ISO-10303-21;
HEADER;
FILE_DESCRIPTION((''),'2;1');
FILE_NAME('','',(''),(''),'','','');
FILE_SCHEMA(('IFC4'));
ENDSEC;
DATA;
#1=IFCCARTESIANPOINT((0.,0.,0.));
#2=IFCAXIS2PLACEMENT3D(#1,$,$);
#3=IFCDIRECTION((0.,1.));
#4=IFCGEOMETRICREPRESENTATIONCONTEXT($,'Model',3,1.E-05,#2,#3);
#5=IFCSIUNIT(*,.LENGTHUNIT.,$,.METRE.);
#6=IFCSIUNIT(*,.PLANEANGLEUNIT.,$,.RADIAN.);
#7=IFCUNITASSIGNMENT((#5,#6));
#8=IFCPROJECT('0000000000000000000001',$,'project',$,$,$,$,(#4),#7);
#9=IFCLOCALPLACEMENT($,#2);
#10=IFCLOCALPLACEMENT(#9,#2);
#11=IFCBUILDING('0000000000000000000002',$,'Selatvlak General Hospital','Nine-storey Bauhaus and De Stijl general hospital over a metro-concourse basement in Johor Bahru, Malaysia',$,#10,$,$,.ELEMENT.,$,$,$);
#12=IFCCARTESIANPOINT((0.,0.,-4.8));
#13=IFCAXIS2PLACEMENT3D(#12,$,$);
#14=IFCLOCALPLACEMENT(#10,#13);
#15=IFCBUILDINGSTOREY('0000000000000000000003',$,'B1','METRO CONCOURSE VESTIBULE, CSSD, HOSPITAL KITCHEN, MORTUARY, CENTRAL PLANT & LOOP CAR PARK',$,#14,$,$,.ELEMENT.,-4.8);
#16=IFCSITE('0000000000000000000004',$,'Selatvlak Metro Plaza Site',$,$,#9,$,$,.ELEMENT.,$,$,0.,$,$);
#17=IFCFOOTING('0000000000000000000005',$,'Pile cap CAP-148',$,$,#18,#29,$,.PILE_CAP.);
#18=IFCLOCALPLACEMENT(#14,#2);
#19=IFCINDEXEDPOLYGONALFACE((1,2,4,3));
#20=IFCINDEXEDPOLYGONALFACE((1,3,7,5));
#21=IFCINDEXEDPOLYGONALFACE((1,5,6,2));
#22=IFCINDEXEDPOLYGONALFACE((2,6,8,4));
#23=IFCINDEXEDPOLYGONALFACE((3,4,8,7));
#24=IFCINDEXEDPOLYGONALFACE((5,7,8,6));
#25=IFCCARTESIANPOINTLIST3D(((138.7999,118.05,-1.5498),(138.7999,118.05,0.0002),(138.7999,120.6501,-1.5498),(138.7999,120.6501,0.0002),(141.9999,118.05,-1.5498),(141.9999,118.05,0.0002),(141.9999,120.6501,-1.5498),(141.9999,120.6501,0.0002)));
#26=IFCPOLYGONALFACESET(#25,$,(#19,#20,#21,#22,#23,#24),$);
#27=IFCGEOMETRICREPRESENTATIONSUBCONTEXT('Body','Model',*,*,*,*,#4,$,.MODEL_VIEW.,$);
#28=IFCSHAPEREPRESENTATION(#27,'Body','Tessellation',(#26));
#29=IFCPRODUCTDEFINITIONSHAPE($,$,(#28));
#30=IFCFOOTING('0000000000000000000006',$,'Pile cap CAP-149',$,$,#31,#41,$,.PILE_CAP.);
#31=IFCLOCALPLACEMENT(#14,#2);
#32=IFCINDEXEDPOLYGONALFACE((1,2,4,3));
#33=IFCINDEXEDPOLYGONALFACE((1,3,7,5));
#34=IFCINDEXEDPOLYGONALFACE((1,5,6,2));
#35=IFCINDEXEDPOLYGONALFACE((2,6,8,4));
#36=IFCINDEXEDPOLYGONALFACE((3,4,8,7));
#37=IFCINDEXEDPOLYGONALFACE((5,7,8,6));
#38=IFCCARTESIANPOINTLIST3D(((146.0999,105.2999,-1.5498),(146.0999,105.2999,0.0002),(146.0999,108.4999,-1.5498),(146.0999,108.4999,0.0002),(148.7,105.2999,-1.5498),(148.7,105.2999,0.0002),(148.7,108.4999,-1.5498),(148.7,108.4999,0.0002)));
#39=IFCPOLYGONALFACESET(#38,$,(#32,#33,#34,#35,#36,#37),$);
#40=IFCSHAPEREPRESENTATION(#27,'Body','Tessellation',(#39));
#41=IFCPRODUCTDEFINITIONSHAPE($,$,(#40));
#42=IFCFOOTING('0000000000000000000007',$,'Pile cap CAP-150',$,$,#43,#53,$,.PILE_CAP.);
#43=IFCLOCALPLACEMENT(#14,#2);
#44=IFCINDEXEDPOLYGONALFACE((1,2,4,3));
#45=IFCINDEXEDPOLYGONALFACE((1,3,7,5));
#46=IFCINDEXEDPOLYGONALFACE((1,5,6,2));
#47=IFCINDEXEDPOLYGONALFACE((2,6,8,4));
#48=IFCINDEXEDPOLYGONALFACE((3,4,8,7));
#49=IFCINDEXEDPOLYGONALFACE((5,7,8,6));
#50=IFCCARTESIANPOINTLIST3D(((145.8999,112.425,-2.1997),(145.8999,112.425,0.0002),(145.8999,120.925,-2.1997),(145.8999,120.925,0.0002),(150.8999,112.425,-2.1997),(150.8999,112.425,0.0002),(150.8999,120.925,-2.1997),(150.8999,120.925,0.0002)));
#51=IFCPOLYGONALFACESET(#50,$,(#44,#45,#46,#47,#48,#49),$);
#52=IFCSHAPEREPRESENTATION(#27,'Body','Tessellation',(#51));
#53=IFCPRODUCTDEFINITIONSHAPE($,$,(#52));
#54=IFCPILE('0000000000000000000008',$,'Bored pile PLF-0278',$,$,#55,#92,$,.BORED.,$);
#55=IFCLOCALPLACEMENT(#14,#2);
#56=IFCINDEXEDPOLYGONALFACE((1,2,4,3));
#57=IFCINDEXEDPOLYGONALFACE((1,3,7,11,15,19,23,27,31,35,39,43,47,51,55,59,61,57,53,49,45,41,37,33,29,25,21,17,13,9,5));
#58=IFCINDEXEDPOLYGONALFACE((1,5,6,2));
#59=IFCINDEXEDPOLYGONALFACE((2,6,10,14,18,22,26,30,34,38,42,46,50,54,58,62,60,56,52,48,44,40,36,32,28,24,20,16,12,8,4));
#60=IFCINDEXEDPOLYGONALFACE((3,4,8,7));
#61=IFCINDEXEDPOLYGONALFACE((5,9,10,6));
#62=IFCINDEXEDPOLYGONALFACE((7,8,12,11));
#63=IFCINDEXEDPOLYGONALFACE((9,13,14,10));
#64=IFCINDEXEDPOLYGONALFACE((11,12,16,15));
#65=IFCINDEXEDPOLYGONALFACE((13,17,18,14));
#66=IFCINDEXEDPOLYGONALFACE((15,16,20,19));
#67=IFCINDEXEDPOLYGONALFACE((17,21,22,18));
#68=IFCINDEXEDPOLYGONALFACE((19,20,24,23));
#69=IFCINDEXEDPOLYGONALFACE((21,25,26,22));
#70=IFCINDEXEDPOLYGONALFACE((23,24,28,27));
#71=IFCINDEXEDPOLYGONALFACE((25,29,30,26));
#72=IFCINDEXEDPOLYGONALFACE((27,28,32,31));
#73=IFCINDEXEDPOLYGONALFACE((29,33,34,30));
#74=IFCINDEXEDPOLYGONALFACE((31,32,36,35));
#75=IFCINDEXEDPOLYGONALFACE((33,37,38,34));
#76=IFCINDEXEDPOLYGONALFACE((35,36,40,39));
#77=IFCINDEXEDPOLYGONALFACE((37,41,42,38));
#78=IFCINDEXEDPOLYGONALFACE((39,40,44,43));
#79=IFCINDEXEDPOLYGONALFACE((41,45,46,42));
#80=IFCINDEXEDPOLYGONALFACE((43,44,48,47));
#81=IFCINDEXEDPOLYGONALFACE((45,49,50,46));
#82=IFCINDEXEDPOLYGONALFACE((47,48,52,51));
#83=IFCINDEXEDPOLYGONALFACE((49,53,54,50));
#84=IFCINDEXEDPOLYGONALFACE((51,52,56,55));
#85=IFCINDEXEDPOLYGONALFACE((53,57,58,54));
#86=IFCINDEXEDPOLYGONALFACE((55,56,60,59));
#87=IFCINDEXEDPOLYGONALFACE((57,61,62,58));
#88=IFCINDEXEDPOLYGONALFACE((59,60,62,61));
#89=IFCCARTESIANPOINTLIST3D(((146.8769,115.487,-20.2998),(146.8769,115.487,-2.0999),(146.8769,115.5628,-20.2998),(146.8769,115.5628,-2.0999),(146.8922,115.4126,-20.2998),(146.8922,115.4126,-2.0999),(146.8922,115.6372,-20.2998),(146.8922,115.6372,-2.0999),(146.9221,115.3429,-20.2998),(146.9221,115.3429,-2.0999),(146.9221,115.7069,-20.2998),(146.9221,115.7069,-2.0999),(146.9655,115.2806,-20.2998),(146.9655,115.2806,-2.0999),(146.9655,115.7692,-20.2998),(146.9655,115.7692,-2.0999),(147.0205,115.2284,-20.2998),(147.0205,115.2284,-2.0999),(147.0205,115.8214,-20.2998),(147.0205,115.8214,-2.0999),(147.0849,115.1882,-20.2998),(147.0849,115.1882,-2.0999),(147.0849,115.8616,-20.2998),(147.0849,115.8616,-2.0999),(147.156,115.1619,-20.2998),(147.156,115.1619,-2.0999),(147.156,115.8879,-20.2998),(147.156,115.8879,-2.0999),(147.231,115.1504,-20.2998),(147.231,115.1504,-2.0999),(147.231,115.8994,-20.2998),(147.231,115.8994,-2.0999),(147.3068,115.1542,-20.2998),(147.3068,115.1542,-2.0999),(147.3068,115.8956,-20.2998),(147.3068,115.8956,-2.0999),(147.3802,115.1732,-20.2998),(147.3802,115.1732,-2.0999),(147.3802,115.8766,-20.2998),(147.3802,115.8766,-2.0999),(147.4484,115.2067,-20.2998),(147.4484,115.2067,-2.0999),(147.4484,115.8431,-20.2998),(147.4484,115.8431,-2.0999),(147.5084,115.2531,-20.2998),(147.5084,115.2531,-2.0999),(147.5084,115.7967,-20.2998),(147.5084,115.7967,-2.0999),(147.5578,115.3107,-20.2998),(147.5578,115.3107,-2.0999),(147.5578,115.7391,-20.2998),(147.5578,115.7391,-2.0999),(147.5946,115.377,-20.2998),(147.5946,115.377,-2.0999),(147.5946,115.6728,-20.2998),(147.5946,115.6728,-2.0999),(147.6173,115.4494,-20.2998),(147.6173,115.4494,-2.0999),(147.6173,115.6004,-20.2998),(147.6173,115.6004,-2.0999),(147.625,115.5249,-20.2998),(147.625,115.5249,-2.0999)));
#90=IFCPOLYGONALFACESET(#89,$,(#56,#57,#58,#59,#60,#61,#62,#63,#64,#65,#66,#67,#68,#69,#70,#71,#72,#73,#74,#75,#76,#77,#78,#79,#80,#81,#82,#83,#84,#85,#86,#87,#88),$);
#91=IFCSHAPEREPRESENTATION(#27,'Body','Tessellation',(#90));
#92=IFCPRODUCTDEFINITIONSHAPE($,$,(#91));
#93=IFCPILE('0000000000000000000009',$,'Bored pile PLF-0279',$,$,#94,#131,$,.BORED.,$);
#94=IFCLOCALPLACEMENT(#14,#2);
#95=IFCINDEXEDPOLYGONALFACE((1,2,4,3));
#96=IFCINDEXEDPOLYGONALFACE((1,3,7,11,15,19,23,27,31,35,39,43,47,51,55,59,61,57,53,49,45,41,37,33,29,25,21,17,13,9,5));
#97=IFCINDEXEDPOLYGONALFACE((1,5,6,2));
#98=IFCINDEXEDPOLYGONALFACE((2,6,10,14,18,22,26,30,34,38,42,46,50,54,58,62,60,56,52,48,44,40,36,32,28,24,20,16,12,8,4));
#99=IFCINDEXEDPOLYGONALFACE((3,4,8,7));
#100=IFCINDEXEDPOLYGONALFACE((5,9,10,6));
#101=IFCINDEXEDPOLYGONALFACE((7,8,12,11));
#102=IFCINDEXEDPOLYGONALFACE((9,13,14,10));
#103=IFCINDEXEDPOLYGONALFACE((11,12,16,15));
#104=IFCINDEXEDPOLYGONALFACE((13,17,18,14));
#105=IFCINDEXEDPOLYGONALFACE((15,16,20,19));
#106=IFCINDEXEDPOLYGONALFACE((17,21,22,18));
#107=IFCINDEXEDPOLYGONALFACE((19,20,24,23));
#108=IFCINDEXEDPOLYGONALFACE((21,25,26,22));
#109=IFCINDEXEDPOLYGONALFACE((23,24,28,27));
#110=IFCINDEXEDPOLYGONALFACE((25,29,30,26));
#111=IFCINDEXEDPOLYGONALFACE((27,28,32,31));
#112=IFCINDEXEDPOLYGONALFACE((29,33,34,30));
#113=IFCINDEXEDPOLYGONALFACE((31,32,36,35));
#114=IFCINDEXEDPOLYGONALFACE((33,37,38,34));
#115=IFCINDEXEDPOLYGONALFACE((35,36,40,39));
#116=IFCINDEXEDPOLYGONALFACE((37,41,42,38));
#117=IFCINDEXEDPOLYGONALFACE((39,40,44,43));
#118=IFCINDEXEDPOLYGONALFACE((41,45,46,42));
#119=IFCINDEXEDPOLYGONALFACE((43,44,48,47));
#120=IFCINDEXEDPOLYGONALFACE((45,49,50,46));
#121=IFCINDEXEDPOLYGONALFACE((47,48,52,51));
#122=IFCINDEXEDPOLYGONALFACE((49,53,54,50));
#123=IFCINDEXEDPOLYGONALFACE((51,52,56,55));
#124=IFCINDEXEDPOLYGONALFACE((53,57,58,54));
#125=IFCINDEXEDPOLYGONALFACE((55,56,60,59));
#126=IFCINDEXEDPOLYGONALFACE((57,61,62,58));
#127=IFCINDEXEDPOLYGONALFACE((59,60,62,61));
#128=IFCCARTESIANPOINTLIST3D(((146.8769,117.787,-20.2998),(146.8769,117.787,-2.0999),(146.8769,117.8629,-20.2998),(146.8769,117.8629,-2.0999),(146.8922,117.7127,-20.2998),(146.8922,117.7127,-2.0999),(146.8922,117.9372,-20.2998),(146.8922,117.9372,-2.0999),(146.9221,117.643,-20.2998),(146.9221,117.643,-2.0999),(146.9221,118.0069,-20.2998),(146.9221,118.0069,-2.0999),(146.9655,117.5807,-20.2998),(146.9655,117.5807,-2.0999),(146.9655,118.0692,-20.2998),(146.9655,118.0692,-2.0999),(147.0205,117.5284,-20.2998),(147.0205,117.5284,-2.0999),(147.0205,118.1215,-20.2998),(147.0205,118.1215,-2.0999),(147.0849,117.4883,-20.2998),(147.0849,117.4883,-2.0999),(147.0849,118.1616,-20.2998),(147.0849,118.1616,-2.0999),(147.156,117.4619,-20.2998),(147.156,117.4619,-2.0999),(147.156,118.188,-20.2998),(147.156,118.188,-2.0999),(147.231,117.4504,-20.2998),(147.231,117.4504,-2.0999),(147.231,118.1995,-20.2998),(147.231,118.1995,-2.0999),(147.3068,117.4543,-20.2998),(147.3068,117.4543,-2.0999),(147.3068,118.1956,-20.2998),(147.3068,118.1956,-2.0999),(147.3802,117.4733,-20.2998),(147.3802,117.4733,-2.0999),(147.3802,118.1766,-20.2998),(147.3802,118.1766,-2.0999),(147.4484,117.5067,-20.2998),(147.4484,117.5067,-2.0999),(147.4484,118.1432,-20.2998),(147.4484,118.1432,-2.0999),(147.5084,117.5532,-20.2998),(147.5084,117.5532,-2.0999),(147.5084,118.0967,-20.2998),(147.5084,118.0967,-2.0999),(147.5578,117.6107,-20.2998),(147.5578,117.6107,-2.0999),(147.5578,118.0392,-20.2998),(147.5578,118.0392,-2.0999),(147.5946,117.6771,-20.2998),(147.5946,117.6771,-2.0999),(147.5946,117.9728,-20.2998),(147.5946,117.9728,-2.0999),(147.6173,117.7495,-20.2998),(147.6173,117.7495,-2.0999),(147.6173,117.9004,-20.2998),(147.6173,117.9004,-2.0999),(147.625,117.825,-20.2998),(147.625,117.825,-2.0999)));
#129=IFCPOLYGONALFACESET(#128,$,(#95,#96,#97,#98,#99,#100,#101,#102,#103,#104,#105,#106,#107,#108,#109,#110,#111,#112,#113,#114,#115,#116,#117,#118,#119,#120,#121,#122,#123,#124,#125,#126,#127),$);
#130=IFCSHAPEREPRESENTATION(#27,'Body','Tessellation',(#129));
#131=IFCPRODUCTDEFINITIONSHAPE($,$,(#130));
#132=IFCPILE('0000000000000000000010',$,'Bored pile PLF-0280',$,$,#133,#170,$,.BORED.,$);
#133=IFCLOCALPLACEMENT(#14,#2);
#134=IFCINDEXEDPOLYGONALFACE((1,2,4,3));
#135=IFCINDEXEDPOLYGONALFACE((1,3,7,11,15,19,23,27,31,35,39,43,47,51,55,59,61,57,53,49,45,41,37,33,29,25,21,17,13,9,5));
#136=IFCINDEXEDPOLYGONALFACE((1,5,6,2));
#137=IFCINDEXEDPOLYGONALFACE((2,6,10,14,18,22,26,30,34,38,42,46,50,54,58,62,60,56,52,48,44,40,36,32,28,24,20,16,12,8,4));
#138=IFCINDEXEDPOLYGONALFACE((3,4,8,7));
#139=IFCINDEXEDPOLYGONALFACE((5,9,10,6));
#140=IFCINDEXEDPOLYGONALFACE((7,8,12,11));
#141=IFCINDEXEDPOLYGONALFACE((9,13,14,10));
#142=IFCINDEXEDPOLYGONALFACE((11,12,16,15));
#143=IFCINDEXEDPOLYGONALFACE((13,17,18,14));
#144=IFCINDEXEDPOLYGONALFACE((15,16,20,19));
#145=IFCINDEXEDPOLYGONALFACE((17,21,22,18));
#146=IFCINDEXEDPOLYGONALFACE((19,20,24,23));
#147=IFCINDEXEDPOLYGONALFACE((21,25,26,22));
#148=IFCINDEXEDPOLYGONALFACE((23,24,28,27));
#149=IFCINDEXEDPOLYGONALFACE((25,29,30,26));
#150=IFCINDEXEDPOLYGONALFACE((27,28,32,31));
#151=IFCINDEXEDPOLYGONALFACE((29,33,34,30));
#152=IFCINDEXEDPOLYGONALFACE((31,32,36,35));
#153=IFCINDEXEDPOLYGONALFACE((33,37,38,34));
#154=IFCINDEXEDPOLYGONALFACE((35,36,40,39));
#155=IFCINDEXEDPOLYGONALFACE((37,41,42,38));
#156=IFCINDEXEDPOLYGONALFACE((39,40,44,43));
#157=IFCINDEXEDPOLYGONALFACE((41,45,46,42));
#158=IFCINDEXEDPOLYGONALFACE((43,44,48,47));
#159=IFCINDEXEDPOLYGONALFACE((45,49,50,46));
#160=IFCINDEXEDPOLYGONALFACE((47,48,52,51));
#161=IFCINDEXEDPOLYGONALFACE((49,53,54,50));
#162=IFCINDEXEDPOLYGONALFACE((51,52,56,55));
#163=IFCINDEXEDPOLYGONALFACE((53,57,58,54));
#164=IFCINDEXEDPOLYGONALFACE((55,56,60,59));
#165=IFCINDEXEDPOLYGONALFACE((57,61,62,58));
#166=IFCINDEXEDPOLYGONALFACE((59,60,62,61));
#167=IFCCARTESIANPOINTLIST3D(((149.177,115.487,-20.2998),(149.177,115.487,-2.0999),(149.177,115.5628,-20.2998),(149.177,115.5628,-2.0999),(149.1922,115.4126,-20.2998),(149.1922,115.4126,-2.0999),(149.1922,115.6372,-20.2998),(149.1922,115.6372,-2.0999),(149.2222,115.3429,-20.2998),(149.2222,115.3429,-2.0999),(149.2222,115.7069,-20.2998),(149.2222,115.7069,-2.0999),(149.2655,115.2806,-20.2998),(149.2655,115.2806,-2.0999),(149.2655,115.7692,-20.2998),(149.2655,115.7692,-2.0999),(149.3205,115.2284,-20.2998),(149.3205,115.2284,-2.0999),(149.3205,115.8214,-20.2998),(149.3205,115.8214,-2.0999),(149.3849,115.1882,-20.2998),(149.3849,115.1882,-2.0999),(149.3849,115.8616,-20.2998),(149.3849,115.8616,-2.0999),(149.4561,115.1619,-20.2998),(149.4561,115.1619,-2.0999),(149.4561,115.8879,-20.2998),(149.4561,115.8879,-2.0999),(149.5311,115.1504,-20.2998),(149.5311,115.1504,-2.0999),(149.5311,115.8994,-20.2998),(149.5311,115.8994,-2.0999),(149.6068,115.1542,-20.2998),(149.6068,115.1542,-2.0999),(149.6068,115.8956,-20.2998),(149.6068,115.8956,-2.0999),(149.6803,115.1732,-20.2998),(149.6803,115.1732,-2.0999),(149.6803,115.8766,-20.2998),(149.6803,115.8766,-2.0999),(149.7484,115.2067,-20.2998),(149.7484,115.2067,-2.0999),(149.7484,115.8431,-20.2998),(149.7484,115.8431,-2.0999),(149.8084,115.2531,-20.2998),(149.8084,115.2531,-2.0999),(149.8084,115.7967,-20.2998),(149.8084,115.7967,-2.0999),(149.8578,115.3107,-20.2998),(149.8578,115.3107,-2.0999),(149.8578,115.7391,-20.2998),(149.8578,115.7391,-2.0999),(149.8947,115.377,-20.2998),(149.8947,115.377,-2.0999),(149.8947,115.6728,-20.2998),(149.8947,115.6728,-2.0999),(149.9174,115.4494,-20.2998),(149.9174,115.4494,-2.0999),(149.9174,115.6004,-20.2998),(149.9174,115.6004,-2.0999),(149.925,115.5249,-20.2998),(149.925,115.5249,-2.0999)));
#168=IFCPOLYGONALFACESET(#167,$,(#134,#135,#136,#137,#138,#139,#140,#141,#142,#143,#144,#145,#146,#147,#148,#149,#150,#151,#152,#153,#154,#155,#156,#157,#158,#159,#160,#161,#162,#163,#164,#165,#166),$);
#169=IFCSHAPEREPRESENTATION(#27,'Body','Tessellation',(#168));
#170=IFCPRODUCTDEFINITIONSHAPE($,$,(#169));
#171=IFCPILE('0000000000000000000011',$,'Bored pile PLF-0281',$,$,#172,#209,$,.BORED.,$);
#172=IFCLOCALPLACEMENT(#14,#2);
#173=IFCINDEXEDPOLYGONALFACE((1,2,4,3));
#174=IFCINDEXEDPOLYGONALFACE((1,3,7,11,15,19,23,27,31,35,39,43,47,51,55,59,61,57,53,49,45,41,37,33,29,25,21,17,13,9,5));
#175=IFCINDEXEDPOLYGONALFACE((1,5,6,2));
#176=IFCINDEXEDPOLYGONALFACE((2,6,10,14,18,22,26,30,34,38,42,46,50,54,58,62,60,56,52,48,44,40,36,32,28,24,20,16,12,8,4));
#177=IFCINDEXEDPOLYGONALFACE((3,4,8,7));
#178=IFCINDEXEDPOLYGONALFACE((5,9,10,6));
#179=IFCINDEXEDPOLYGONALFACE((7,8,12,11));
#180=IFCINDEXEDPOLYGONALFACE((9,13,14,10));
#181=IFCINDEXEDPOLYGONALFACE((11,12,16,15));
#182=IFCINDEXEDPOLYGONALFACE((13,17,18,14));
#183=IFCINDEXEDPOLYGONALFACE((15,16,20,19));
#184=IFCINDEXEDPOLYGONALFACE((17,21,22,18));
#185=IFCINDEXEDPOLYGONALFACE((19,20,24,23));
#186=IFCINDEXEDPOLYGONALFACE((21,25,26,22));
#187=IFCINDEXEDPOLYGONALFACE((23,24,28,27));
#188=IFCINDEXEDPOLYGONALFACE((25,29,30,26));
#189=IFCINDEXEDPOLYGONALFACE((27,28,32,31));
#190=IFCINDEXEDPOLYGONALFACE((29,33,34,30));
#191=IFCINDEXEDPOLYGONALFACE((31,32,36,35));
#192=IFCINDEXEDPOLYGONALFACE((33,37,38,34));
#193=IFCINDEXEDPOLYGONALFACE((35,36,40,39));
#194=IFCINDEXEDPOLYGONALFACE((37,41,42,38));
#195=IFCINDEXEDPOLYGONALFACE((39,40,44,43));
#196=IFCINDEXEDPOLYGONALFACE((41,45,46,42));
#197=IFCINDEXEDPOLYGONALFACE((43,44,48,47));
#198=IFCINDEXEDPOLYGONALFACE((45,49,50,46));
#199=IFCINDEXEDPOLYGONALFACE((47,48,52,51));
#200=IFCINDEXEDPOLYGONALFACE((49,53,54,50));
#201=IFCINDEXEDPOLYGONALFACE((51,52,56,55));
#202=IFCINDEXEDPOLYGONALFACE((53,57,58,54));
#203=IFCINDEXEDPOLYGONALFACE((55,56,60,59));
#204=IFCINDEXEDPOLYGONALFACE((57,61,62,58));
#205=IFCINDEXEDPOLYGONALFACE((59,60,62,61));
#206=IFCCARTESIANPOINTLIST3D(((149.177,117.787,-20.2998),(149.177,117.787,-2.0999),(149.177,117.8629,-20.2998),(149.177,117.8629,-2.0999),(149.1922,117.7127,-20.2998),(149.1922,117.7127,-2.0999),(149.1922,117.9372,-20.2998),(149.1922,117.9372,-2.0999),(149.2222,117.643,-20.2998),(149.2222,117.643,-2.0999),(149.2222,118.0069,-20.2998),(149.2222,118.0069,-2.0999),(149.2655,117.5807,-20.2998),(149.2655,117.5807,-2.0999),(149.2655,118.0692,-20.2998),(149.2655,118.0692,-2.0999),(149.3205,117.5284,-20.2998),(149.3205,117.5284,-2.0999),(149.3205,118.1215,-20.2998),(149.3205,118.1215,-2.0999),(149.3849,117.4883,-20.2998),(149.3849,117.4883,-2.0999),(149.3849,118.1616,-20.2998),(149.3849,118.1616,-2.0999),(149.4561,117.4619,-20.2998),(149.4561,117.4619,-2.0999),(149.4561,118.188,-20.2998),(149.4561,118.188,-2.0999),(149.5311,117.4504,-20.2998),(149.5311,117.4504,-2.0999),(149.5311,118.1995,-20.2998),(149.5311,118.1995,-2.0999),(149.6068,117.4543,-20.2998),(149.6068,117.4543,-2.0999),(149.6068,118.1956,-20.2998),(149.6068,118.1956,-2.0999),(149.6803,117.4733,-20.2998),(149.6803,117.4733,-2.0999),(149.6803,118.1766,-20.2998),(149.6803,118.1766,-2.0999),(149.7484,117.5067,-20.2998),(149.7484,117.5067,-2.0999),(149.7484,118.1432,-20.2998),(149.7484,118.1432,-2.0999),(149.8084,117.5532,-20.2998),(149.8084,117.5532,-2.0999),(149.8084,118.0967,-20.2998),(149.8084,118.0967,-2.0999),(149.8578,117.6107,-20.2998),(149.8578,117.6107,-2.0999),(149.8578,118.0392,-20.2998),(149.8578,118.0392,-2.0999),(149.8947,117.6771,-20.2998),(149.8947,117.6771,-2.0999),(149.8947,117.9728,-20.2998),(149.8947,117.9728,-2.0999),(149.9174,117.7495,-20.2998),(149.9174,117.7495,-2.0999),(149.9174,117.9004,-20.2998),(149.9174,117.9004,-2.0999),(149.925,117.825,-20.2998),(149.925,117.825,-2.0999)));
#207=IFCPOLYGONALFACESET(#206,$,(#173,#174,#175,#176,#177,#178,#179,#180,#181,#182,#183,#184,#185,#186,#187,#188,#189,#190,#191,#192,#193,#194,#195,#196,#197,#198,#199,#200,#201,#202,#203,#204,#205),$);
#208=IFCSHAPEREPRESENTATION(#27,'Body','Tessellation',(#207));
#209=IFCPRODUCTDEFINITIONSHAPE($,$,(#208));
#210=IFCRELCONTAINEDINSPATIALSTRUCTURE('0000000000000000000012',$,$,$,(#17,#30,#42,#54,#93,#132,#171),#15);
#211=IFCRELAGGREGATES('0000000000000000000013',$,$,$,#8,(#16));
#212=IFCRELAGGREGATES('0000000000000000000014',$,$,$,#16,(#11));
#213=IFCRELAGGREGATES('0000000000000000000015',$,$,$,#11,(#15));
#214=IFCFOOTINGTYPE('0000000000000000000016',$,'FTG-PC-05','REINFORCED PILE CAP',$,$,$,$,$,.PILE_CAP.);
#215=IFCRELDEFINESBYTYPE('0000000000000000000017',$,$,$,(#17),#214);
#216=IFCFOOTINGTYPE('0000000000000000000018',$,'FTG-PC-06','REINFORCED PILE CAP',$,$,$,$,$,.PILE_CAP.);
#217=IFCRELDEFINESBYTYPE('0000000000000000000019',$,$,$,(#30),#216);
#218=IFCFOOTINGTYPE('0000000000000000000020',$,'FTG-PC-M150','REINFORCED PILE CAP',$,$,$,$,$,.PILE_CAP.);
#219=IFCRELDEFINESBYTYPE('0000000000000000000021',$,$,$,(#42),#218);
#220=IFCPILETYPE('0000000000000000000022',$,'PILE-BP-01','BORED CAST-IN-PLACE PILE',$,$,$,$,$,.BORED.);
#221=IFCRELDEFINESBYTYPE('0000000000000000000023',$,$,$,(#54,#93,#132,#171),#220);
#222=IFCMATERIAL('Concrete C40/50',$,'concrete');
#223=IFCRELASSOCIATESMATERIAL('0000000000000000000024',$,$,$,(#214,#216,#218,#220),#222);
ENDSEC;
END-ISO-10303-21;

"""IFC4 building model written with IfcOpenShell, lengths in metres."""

from ifc_helpers import new_model, si_unit, direction, frame, origin, origin_2d, place, context, subcontext, project, spatial, rectangle, circle, extrude, material, material_profile, profile_set, type_object, element, save


model = new_model("IFC4")

# Units and contexts
model_context = context("Model", 3, precision=1e-05, world=origin(), true_north=direction((0.0, 1.0)))
body_context = subcontext(model_context, "Body", "Model", "MODEL_VIEW")
ifc_project = project(units=[si_unit("LENGTHUNIT", "METRE"), si_unit("PLANEANGLEUNIT", "RADIAN")], contexts=[model_context])

# Site, building, storey
site_placement = place(None, origin())
site = spatial("IfcSite", under=ifc_project, at=site_placement, Name="Selatvlak Metro Plaza Site", CompositionType="ELEMENT", RefElevation=0.0)
building_placement = place(site_placement, origin())
building = spatial("IfcBuilding", under=site, at=building_placement, Name="Selatvlak General Hospital", Description="Nine-storey Bauhaus and De Stijl general hospital over a metro-concourse basement in Johor Bahru, Malaysia", CompositionType="ELEMENT")
storey_placement = place(building_placement, frame((0.0, 0.0, -4.8)))
storey = spatial("IfcBuildingStorey", under=building, at=storey_placement, Name="B1", Description="METRO CONCOURSE VESTIBULE, CSSD, HOSPITAL KITCHEN, MORTUARY, CENTRAL PLANT & LOOP CAR PARK", CompositionType="ELEMENT", Elevation=-4.8)

# Footings
ifc_material_1 = material(Name="Concrete C40/50", Category="concrete")
footing_type_1 = type_object("IfcFootingType", Name="FTG-PC-05", Description="REINFORCED PILE CAP", PredefinedType="PILE_CAP", material=ifc_material_1)
footing_1_placement = place(storey_placement, frame((140.3999, 119.3501, -1.5498), z_axis=(0.0, 0.0, 1.0), x_axis=(1.0, 0.0, 0.0)))
element("IfcFooting", 1, at=footing_1_placement, inside=storey, type_object=footing_type_1, Name="Pile cap CAP-148", PredefinedType="PILE_CAP", context=body_context, shape_type="SweptSolid", body=[
    extrude(rectangle(XDim=3.2, YDim=2.6001, at=origin_2d()), origin(), (0.0, 0.0, 1.0), 1.55),
])
footing_type_2 = type_object("IfcFootingType", Name="FTG-PC-06", Description="REINFORCED PILE CAP", PredefinedType="PILE_CAP", material=ifc_material_1)
footing_2_placement = place(storey_placement, frame((147.3999, 106.8999, -1.5498), z_axis=(0.0, 0.0, 1.0), x_axis=(1.0, 0.0, 0.0)))
element("IfcFooting", 2, at=footing_2_placement, inside=storey, type_object=footing_type_2, Name="Pile cap CAP-149", PredefinedType="PILE_CAP", context=body_context, shape_type="SweptSolid", body=[
    extrude(rectangle(XDim=2.6001, YDim=3.2, at=origin_2d()), origin(), (0.0, 0.0, 1.0), 1.55),
])
footing_type_3 = type_object("IfcFootingType", Name="FTG-PC-M150", Description="REINFORCED PILE CAP", PredefinedType="PILE_CAP", material=ifc_material_1)
footing_3_placement = place(storey_placement, frame((148.3999, 116.675, -2.1997), z_axis=(0.0, 0.0, 1.0), x_axis=(1.0, 0.0, 0.0)))
element("IfcFooting", 3, at=footing_3_placement, inside=storey, type_object=footing_type_3, Name="Pile cap CAP-150", PredefinedType="PILE_CAP", context=body_context, shape_type="SweptSolid", body=[
    extrude(rectangle(XDim=5.0, YDim=8.5, at=origin_2d()), origin(), (0.0, 0.0, 1.0), 2.2),
])

# Piles
ifc_material_profile_1 = material_profile(ifc_material_1, circle(Radius=0.375, at=origin_2d()), Name="BORED PILE 750")
ifc_profile_set_1 = profile_set([ifc_material_profile_1], Name="Concrete C40/50")
pile_type_1 = type_object("IfcPileType", Name="PILE-BP-01", Description="BORED CAST-IN-PLACE PILE", PredefinedType="BORED", material=ifc_profile_set_1)
for number, where, z_axis, x_axis, name in (
    (4, (147.25, 115.5249, -2.0999), (0.0, 0.0, -1.0), (1.0, 0.0, 0.0), "Bored pile PLF-0278"),
    (5, (147.25, 117.825, -2.0999), (0.0, 0.0, -1.0), (1.0, 0.0, 0.0), "Bored pile PLF-0279"),
    (6, (149.55, 115.5249, -2.0999), (0.0, 0.0, -1.0), (1.0, 0.0, 0.0), "Bored pile PLF-0280"),
    (7, (149.55, 117.825, -2.0999), (0.0, 0.0, -1.0), (1.0, 0.0, 0.0), "Bored pile PLF-0281"),
):
    element("IfcPile", number, at=place(storey_placement, frame(where, z_axis=z_axis, x_axis=x_axis)), inside=storey, type_object=pile_type_1, Name=name, PredefinedType="BORED", context=body_context, shape_type="SweptSolid", body=[
        extrude(circle(Radius=0.375, at=origin_2d()), origin(), (0.0, 0.0, 1.0), 18.2),
    ])

save(model, "model.ifc")
